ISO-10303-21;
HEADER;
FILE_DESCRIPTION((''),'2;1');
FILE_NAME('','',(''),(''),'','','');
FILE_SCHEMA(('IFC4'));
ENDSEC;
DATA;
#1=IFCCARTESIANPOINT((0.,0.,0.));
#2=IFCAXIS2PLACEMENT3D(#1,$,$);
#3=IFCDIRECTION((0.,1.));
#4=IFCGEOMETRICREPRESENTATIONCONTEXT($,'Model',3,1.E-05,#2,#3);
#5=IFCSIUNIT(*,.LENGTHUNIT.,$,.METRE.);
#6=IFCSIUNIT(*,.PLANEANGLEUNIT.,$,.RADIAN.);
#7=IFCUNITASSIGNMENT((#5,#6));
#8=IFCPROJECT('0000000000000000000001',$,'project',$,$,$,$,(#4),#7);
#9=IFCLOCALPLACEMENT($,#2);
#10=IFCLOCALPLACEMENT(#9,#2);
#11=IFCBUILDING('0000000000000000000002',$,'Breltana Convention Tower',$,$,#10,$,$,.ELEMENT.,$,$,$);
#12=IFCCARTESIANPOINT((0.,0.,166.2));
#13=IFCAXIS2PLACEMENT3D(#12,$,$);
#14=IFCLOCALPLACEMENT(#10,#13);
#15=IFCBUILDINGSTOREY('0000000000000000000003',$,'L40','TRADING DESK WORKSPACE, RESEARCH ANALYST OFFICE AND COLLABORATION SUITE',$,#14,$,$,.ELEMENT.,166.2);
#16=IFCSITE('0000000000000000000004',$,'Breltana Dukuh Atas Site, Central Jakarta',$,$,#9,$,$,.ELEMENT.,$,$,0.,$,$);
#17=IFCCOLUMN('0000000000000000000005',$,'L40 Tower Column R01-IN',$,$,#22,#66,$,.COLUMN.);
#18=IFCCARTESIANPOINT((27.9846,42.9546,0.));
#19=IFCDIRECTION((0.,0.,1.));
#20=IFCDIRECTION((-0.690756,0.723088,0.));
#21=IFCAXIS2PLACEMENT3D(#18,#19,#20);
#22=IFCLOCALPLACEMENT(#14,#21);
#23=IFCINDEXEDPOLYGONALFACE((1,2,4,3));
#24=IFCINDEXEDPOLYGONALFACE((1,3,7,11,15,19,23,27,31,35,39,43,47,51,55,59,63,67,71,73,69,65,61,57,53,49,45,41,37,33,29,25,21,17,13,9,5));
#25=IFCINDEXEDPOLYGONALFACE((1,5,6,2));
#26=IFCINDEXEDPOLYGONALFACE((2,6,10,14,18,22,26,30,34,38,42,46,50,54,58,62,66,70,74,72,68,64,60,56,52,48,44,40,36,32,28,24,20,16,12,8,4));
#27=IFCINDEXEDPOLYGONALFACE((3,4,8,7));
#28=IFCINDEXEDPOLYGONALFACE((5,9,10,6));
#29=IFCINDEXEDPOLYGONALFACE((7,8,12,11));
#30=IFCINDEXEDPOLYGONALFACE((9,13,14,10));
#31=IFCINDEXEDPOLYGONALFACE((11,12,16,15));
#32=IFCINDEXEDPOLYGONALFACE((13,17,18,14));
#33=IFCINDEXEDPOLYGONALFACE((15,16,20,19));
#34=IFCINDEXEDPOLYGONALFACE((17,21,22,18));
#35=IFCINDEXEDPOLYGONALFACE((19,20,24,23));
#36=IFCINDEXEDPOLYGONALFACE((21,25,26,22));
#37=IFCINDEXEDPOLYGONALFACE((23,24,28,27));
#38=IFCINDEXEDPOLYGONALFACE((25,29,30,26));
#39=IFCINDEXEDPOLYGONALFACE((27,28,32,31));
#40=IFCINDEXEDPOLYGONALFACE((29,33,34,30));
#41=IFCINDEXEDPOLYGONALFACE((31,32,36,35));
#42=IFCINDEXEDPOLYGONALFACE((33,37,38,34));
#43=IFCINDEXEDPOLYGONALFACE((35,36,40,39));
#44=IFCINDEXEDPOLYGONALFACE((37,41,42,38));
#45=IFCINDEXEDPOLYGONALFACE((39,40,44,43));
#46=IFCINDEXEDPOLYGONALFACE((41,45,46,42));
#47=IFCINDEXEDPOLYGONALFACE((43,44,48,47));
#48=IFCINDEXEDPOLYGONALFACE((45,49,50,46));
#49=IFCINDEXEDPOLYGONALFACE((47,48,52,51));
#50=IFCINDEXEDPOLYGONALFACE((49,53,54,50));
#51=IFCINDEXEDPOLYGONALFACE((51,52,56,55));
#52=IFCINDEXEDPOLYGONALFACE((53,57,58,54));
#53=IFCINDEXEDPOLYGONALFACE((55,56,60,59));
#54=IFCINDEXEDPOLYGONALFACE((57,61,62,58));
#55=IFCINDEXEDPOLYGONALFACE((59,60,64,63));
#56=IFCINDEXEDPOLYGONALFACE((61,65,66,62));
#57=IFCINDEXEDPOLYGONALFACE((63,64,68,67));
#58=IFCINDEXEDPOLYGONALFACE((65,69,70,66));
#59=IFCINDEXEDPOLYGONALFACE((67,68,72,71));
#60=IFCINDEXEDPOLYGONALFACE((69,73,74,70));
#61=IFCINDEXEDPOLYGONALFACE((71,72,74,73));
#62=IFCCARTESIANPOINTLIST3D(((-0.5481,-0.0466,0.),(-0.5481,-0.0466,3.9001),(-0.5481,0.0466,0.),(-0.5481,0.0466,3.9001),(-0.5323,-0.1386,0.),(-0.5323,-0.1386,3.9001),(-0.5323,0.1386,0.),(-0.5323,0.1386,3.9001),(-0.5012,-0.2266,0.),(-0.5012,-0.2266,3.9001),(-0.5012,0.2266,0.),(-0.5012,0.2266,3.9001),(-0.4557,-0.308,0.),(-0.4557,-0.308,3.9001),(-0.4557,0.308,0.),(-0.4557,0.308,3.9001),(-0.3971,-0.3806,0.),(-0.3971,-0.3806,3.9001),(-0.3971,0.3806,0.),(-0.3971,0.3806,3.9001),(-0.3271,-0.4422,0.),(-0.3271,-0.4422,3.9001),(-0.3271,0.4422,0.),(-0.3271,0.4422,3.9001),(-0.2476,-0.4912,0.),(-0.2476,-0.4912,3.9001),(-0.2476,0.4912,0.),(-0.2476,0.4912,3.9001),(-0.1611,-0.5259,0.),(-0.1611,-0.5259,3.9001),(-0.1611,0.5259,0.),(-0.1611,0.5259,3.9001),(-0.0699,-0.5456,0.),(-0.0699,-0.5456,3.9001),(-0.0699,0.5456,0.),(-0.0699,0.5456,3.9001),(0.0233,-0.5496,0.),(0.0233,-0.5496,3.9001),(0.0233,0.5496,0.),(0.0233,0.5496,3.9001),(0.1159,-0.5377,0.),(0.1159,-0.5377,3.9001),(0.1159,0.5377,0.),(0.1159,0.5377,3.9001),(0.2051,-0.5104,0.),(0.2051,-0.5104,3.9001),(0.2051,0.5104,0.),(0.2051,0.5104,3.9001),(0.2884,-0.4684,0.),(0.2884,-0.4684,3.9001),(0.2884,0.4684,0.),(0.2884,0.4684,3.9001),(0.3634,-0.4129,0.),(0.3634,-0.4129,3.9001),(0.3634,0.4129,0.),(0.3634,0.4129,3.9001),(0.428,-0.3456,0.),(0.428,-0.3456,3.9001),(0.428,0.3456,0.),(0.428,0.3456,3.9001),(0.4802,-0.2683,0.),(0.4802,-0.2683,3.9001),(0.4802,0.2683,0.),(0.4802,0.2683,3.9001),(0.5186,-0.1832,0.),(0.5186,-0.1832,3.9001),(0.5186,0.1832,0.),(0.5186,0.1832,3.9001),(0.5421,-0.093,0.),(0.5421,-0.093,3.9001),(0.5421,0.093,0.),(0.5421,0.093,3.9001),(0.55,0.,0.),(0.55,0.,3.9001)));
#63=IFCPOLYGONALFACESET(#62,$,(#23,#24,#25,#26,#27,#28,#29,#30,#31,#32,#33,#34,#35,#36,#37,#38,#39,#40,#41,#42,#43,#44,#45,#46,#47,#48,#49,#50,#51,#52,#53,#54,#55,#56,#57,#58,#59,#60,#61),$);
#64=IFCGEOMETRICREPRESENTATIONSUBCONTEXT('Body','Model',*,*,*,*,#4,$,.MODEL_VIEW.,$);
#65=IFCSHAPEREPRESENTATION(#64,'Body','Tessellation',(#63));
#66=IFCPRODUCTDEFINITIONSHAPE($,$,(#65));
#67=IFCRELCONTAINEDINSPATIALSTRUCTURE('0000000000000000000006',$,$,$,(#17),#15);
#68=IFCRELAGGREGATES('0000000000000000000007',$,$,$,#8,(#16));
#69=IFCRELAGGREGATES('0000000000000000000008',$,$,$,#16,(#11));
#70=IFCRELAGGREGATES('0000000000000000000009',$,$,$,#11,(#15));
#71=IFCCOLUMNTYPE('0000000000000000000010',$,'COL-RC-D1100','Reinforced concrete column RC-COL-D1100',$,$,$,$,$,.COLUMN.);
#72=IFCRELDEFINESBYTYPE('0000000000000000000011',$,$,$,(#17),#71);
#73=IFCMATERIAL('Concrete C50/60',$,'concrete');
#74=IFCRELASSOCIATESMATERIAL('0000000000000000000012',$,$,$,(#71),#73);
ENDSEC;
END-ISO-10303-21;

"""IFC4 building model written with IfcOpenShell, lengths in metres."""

from ifc_helpers import new_model, si_unit, direction, frame, origin, origin_2d, place, context, subcontext, project, spatial, circle, extrude, source, transform, mapped, material, material_profile, profile_set, type_object, element, save


model = new_model("IFC4")

# Units and contexts
model_context = context("Model", 3, precision=1e-05, world=origin(), true_north=direction((0.0, 1.0)))
body_context = subcontext(model_context, "Body", "Model", "MODEL_VIEW")
ifc_project = project(units=[si_unit("LENGTHUNIT", "METRE"), si_unit("PLANEANGLEUNIT", "RADIAN")], contexts=[model_context])

# Site, building, storey
site_placement = place(None, origin())
site = spatial("IfcSite", under=ifc_project, at=site_placement, Name="Breltana Dukuh Atas Site, Central Jakarta", CompositionType="ELEMENT", RefElevation=0.0)
building_placement = place(site_placement, origin())
building = spatial("IfcBuilding", under=site, at=building_placement, Name="Breltana Convention Tower", CompositionType="ELEMENT")
storey_placement = place(building_placement, frame((0.0, 0.0, 166.2)))
storey = spatial("IfcBuildingStorey", under=building, at=storey_placement, Name="L40", Description="TRADING DESK WORKSPACE, RESEARCH ANALYST OFFICE AND COLLABORATION SUITE", CompositionType="ELEMENT", Elevation=166.2)

# Column
ifc_material_1 = material(Name="Concrete C50/60", Category="concrete")
ifc_material_profile_1 = material_profile(ifc_material_1, circle(Radius=0.55, at=origin_2d()), Name="RC-COL-D1100")
ifc_profile_set_1 = profile_set([ifc_material_profile_1], Name="Concrete C50/60")
column_type = type_object("IfcColumnType", Name="COL-RC-D1100", Description="Reinforced concrete column RC-COL-D1100", PredefinedType="COLUMN", material=ifc_profile_set_1)
shared_shape_1 = source(origin(), body_context, "Body", "SweptSolid", [
    extrude(circle(Radius=0.55, at=origin_2d()), origin(), (0.0, 0.0, 1.0), 3.9001),
])
column_placement = place(storey_placement, frame((27.9846, 42.9546, 0.0), z_axis=(0.0, 0.0, 1.0), x_axis=(-0.690756, 0.723088, 0.0)))
element("IfcColumn", 1, at=column_placement, inside=storey, type_object=column_type, Name="L40 Tower Column R01-IN", PredefinedType="COLUMN", context=body_context, shape_type="MappedRepresentation", body=[
    mapped(shared_shape_1, transform((0.0, 0.0, 0.0), scale=1.0)),
])

save(model, "model.ifc")
